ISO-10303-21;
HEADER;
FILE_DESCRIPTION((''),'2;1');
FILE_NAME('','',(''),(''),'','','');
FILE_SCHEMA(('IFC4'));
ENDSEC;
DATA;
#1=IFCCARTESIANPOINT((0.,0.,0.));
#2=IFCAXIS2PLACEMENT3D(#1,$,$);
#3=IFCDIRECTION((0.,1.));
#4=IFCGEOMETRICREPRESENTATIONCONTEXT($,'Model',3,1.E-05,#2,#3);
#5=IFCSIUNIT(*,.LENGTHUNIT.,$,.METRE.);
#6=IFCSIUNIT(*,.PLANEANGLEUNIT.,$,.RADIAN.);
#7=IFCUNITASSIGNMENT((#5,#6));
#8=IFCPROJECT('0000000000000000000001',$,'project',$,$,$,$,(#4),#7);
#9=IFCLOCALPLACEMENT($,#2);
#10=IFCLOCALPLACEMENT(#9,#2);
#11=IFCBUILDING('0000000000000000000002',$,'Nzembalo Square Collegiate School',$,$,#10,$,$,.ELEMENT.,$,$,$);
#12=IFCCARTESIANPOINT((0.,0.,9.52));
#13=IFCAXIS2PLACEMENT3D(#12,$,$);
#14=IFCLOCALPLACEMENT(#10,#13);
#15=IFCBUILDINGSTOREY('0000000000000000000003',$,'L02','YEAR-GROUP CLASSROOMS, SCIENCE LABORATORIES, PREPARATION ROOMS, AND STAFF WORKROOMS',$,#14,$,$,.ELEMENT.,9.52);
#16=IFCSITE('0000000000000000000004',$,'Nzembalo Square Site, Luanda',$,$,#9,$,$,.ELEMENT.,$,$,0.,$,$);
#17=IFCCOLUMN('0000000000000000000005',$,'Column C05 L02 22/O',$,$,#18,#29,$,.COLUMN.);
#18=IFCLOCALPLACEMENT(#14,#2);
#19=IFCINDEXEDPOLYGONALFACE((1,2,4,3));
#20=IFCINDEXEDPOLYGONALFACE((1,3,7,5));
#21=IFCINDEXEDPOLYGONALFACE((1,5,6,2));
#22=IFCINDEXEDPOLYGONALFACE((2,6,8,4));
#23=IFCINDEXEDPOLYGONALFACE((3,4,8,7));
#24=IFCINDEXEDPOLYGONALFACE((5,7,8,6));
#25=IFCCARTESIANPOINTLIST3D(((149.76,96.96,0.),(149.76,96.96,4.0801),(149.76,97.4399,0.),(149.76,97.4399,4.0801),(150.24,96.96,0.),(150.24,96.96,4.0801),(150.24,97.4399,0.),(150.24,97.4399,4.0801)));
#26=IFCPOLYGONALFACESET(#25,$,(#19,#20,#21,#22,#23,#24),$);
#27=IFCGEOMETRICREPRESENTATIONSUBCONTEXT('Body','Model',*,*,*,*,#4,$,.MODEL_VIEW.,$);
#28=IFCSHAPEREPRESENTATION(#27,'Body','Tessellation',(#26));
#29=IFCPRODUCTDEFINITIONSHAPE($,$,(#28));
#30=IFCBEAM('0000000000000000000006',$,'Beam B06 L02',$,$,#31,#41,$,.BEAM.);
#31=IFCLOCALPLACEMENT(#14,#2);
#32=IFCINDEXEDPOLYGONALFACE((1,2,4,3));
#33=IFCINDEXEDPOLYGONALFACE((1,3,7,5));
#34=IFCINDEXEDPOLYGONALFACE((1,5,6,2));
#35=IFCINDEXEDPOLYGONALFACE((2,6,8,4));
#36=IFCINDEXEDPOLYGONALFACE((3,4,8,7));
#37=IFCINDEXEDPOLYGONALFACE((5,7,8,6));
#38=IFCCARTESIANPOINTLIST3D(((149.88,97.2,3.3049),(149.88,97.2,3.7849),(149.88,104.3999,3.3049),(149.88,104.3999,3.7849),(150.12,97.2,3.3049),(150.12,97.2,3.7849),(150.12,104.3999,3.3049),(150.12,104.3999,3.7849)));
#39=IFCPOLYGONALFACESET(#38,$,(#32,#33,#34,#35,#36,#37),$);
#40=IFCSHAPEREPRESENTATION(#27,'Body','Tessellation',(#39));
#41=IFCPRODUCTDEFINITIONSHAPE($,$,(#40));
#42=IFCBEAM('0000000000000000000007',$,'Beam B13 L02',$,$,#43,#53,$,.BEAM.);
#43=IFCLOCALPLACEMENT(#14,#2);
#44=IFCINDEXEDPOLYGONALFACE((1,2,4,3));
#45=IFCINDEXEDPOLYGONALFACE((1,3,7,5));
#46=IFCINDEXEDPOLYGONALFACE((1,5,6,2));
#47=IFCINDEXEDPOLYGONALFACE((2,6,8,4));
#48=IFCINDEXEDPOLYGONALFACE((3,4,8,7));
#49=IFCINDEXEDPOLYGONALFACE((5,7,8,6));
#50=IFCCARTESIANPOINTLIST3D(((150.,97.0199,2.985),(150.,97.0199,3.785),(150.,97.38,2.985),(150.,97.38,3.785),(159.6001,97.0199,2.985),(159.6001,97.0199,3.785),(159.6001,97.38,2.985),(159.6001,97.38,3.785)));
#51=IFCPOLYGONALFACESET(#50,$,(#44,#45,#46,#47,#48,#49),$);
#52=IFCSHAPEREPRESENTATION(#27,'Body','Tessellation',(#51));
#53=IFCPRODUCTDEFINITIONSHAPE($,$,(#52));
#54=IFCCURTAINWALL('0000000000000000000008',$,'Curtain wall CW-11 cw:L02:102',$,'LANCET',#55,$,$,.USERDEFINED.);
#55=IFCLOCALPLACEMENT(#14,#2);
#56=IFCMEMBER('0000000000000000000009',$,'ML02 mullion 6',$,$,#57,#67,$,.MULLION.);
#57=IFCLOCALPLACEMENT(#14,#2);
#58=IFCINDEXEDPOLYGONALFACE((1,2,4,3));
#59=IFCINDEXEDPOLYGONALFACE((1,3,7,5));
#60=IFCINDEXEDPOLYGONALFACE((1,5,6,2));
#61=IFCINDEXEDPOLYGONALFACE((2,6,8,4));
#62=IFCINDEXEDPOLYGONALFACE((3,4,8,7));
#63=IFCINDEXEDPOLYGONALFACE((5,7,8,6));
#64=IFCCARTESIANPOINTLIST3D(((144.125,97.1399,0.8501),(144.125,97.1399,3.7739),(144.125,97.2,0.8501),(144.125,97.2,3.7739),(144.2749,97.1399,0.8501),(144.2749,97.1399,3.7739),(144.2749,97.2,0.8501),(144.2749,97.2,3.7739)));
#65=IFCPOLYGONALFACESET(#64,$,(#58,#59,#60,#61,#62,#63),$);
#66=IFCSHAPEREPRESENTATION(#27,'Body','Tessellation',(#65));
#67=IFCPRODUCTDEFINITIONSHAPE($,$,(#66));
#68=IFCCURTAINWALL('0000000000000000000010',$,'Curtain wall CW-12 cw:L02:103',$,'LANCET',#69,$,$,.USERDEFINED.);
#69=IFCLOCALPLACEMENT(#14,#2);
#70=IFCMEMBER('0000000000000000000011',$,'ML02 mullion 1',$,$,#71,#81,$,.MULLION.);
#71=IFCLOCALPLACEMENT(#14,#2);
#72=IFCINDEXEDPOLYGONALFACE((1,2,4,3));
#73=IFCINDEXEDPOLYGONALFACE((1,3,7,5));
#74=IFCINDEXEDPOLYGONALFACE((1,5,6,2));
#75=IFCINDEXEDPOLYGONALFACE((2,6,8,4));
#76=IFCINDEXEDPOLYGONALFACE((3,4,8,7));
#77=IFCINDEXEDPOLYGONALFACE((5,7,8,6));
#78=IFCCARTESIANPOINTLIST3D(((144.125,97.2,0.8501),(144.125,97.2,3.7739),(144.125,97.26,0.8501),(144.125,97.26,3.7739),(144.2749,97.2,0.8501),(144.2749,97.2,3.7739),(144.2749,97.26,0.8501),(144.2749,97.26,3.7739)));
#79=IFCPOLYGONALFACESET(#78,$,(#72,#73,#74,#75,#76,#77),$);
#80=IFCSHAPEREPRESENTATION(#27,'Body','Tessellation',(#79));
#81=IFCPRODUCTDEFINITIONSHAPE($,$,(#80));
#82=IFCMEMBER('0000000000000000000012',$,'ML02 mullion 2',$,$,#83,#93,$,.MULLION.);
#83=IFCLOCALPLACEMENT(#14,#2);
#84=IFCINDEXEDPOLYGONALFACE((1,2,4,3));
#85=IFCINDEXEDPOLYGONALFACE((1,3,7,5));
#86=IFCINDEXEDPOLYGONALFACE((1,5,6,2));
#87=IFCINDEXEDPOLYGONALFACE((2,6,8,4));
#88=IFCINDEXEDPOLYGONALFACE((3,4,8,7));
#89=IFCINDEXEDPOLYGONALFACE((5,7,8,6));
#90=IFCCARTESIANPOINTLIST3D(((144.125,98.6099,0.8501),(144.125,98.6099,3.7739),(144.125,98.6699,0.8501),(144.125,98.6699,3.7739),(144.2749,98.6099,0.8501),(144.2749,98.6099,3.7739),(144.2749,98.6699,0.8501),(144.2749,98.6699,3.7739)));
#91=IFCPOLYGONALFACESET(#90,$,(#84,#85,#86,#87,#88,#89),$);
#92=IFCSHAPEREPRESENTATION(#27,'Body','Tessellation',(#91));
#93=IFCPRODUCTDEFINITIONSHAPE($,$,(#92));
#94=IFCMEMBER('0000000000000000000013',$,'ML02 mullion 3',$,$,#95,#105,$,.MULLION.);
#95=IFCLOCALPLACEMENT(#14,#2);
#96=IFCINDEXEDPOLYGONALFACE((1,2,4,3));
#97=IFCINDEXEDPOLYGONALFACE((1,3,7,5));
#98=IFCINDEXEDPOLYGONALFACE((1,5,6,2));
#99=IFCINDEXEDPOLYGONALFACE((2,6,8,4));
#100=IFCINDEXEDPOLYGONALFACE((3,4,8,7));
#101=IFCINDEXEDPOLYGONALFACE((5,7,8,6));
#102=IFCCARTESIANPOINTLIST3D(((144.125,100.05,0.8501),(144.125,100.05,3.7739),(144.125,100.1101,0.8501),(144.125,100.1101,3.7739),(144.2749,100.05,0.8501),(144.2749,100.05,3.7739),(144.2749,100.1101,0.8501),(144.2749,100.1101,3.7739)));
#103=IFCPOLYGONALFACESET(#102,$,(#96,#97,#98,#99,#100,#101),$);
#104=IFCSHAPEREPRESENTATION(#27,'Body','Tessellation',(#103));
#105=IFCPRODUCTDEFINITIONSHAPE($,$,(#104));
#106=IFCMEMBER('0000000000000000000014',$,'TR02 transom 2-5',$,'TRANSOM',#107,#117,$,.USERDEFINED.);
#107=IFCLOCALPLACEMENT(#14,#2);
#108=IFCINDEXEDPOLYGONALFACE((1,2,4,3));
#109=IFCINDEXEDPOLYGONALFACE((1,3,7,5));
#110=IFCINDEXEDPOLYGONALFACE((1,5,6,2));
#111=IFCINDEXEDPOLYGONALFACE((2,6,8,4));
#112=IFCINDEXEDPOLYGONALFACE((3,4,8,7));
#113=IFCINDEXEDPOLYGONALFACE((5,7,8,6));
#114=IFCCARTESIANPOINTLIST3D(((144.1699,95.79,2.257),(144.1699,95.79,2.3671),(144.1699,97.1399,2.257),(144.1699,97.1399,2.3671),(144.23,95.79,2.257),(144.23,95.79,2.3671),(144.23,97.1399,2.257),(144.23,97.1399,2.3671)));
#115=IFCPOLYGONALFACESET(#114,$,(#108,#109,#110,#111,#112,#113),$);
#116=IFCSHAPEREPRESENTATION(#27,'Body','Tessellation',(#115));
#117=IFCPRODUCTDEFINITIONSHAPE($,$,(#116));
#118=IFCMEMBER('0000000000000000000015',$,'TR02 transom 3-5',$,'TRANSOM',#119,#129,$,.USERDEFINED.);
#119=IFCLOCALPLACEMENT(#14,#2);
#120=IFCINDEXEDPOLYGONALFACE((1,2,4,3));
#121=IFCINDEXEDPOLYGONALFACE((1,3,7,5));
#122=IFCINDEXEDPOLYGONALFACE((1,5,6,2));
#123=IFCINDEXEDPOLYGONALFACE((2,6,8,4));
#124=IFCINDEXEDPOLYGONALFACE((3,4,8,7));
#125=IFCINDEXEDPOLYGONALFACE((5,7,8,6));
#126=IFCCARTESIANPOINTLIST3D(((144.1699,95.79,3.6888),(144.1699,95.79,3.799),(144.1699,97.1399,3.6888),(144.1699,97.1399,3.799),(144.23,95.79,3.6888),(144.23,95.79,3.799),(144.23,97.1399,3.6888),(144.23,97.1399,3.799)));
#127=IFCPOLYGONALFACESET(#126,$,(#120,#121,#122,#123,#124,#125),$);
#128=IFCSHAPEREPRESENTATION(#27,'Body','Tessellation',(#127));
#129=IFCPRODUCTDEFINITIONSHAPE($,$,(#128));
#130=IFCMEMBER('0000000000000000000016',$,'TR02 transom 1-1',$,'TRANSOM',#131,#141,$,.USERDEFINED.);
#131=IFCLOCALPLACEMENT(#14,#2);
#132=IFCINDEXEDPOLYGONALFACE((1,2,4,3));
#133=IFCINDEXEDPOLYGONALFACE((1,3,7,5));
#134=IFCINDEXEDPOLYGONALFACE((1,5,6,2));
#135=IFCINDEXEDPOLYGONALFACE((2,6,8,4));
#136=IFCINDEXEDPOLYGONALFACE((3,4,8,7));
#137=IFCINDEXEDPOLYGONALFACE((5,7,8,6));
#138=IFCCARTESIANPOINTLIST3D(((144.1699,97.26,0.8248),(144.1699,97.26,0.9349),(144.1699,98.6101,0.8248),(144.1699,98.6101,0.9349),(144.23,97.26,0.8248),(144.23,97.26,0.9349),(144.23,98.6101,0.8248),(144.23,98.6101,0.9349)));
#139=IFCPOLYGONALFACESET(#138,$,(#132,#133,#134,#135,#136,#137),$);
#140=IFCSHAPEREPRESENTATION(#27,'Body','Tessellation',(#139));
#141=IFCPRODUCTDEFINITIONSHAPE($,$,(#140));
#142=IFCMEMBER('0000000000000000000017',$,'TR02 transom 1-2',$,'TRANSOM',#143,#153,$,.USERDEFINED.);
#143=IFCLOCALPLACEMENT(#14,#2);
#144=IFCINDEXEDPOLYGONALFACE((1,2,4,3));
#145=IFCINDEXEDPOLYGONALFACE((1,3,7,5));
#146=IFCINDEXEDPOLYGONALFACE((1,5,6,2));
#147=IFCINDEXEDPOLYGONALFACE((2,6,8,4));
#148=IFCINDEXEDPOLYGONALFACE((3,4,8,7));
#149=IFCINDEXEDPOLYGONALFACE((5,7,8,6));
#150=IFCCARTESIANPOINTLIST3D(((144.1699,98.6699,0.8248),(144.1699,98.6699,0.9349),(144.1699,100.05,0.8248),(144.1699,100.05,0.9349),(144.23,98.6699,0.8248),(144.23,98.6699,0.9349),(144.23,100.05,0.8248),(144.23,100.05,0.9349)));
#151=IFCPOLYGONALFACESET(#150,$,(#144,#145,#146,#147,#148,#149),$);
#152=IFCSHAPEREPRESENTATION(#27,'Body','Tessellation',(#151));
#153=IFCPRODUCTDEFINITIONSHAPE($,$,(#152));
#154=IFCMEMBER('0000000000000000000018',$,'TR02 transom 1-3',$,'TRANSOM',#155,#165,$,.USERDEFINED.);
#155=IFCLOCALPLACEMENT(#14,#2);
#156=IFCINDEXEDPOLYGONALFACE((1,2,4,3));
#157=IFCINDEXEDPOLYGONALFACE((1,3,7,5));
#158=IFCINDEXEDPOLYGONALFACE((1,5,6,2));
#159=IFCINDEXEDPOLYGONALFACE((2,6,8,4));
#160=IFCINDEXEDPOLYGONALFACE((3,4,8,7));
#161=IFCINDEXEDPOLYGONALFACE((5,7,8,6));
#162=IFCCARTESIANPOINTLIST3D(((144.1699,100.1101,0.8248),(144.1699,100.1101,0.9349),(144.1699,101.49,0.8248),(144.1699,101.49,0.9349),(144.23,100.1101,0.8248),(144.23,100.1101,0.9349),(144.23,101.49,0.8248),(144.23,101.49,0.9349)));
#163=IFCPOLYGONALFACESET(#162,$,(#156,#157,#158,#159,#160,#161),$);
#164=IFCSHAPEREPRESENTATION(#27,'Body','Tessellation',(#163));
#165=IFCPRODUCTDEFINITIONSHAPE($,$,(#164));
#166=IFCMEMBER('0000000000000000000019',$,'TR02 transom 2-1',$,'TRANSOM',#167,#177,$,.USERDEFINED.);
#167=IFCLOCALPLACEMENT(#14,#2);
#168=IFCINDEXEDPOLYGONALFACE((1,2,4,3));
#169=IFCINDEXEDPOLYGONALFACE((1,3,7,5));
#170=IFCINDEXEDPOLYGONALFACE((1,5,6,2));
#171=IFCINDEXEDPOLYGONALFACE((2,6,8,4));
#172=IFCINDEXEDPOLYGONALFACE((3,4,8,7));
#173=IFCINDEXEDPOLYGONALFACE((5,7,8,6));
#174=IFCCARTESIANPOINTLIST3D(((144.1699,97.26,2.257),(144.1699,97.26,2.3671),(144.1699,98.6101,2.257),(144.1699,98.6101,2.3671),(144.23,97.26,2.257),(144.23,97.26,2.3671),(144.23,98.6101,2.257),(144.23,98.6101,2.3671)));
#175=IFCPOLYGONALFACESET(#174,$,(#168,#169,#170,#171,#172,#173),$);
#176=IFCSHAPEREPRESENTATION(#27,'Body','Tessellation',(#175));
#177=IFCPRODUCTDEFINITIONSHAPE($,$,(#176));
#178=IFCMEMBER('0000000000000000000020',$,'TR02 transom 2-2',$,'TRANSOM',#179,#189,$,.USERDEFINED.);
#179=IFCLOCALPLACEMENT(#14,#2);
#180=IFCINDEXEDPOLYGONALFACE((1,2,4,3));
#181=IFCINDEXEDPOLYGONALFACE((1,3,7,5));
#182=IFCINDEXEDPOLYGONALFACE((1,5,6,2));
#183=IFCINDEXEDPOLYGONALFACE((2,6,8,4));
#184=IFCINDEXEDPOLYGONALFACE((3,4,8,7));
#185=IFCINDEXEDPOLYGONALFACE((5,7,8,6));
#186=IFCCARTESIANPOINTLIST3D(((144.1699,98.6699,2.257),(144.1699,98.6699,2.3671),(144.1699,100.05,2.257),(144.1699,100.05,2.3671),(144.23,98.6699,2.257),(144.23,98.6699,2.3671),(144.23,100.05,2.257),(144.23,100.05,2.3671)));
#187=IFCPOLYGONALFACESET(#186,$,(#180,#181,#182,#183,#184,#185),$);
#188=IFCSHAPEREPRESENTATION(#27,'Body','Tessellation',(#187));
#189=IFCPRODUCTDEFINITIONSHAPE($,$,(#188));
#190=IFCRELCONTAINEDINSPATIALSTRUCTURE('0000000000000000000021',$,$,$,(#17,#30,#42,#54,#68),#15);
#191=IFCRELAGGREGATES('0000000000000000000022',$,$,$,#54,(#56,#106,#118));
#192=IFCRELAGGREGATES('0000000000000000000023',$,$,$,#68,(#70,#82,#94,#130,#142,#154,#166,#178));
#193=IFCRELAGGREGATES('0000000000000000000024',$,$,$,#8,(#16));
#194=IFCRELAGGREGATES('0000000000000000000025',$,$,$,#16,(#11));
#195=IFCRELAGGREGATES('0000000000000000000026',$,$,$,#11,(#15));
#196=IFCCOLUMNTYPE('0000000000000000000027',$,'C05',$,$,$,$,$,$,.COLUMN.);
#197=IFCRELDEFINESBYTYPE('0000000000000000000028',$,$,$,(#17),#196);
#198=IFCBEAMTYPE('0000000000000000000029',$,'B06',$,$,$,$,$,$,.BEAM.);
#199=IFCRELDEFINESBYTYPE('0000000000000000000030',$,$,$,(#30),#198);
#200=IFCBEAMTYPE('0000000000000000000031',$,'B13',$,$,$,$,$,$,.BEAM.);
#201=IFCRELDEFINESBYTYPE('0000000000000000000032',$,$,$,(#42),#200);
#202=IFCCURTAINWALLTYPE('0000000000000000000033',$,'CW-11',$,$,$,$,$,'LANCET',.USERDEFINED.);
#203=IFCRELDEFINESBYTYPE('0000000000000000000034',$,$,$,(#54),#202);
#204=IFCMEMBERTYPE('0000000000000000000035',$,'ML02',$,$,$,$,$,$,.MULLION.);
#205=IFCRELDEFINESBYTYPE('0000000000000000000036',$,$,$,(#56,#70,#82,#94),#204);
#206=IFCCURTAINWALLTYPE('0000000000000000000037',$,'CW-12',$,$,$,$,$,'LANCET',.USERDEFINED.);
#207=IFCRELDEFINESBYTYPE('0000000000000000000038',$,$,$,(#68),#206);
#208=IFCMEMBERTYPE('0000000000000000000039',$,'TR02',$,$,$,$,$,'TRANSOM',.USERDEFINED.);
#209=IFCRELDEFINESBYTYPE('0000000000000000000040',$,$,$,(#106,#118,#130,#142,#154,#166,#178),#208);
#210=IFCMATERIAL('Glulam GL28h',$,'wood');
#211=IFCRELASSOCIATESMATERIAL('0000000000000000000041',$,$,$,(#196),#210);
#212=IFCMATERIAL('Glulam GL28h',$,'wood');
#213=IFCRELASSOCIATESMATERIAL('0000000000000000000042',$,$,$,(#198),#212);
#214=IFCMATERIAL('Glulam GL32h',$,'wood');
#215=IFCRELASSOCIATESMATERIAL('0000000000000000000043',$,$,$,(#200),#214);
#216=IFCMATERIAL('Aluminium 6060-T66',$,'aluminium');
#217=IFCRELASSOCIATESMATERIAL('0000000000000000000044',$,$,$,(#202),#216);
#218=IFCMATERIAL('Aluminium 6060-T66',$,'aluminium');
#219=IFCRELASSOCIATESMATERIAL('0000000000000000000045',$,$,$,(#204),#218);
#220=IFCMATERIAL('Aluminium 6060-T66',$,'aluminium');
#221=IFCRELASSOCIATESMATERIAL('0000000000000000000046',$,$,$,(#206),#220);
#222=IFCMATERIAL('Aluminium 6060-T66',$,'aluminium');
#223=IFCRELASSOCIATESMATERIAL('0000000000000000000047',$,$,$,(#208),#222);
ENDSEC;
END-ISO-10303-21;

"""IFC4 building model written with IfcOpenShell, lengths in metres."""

from ifc_helpers import new_model, si_unit, direction, frame, origin, origin_2d, place, context, subcontext, project, spatial, rectangle, extrude, material, material_profile, profile_set, type_object, element, aggregate, save


model = new_model("IFC4")

# Units and contexts
model_context = context("Model", 3, precision=1e-05, world=origin(), true_north=direction((0.0, 1.0)))
body_context = subcontext(model_context, "Body", "Model", "MODEL_VIEW")
ifc_project = project(units=[si_unit("LENGTHUNIT", "METRE"), si_unit("PLANEANGLEUNIT", "RADIAN")], contexts=[model_context])

# Site, building, storey
site_placement = place(None, origin())
site = spatial("IfcSite", under=ifc_project, at=site_placement, Name="Nzembalo Square Site, Luanda", CompositionType="ELEMENT", RefElevation=0.0)
building_placement = place(site_placement, origin())
building = spatial("IfcBuilding", under=site, at=building_placement, Name="Nzembalo Square Collegiate School", CompositionType="ELEMENT")
storey_placement = place(building_placement, frame((0.0, 0.0, 9.52)))
storey = spatial("IfcBuildingStorey", under=building, at=storey_placement, Name="L02", Description="YEAR-GROUP CLASSROOMS, SCIENCE LABORATORIES, PREPARATION ROOMS, AND STAFF WORKROOMS", CompositionType="ELEMENT", Elevation=9.52)

# Column
ifc_material_1 = material(Name="Glulam GL28h", Category="wood")
ifc_material_profile_1 = material_profile(ifc_material_1, rectangle(XDim=0.48, YDim=0.48, at=origin_2d()), Name="GL28h 480x480")
ifc_profile_set_1 = profile_set([ifc_material_profile_1], Name="Glulam GL28h")
column_type = type_object("IfcColumnType", Name="C05", PredefinedType="COLUMN", material=ifc_profile_set_1)
column_placement = place(storey_placement, frame((150.0, 97.2, 0.0), z_axis=(0.0, 0.0, 1.0), x_axis=(1.0, 0.0, 0.0)))
element("IfcColumn", 1, at=column_placement, inside=storey, type_object=column_type, Name="Column C05 L02 22/O", PredefinedType="COLUMN", context=body_context, shape_type="SweptSolid", body=[
    extrude(rectangle(XDim=0.48, YDim=0.48, at=origin_2d()), origin(), (0.0, 0.0, 1.0), 4.0801),
])

# Beams
ifc_material_2 = material(Name="Glulam GL28h", Category="wood")
ifc_material_profile_2 = material_profile(ifc_material_2, rectangle(XDim=0.24, YDim=0.48, at=origin_2d()), Name="GL28h 240x480")
ifc_profile_set_2 = profile_set([ifc_material_profile_2], Name="Glulam GL28h")
beam_type_1 = type_object("IfcBeamType", Name="B06", PredefinedType="BEAM", material=ifc_profile_set_2)
beam_1_placement = place(storey_placement, frame((150.0, 97.2, 3.5449), z_axis=(0.0, 1.0, 0.0), x_axis=(-1.0, 0.0, 0.0)))
element("IfcBeam", 2, at=beam_1_placement, inside=storey, type_object=beam_type_1, Name="Beam B06 L02", PredefinedType="BEAM", context=body_context, shape_type="SweptSolid", body=[
    extrude(rectangle(XDim=0.24, YDim=0.48, at=origin_2d()), origin(), (0.0, 0.0, 1.0), 7.2),
])
ifc_material_3 = material(Name="Glulam GL32h", Category="wood")
ifc_material_profile_3 = material_profile(ifc_material_3, rectangle(XDim=0.3601, YDim=0.8, at=origin_2d()), Name="GL32h 360x800")
ifc_profile_set_3 = profile_set([ifc_material_profile_3], Name="Glulam GL32h")
beam_type_2 = type_object("IfcBeamType", Name="B13", PredefinedType="BEAM", material=ifc_profile_set_3)
beam_2_placement = place(storey_placement, frame((150.0, 97.2, 3.385), z_axis=(1.0, 0.0, 0.0), x_axis=(0.0, 1.0, 0.0)))
element("IfcBeam", 3, at=beam_2_placement, inside=storey, type_object=beam_type_2, Name="Beam B13 L02", PredefinedType="BEAM", context=body_context, shape_type="SweptSolid", body=[
    extrude(rectangle(XDim=0.3601, YDim=0.8, at=origin_2d()), origin(), (0.0, 0.0, 1.0), 9.6001),
])

# Curtain wall, member
ifc_material_4 = material(Name="Aluminium 6060-T66", Category="aluminium")
curtain_wall_type_1 = type_object("IfcCurtainWallType", Name="CW-11", ElementType="LANCET", PredefinedType="USERDEFINED", material=ifc_material_4)
curtain_wall_1_placement = place(storey_placement, origin())
curtain_wall_1 = element("IfcCurtainWall", 4, at=curtain_wall_1_placement, inside=storey, type_object=curtain_wall_type_1, Name="Curtain wall CW-11 cw:L02:102", ObjectType="LANCET", PredefinedType="USERDEFINED")
ifc_material_5 = material(Name="Aluminium 6060-T66", Category="aluminium")
ifc_material_profile_4 = material_profile(ifc_material_5, rectangle(XDim=0.0601, YDim=0.1499, at=origin_2d()), Name="ALU M60x150")
ifc_profile_set_4 = profile_set([ifc_material_profile_4], Name="Aluminium 6060-T66")
member_type_1 = type_object("IfcMemberType", Name="ML02", PredefinedType="MULLION", material=ifc_profile_set_4)
member_1_placement = place(storey_placement, frame((144.2, 97.1699, 0.8501), z_axis=(0.0, 0.0, 1.0), x_axis=(0.0, 1.0, 0.0)))
member_1 = element("IfcMember", 5, at=member_1_placement, type_object=member_type_1, Name="ML02 mullion 6", PredefinedType="MULLION", context=body_context, shape_type="SweptSolid", body=[
    extrude(rectangle(XDim=0.0601, YDim=0.1499, at=origin_2d()), origin(), (0.0, 0.0, 1.0), 2.9238),
])

# Curtain wall, members
ifc_material_6 = material(Name="Aluminium 6060-T66", Category="aluminium")
curtain_wall_type_2 = type_object("IfcCurtainWallType", Name="CW-12", ElementType="LANCET", PredefinedType="USERDEFINED", material=ifc_material_6)
curtain_wall_2_placement = place(storey_placement, origin())
curtain_wall_2 = element("IfcCurtainWall", 6, at=curtain_wall_2_placement, inside=storey, type_object=curtain_wall_type_2, Name="Curtain wall CW-12 cw:L02:103", ObjectType="LANCET", PredefinedType="USERDEFINED")
member_2_placement = place(storey_placement, frame((144.2, 97.23, 0.8501), z_axis=(0.0, 0.0, 1.0), x_axis=(0.0, 1.0, 0.0)))
member_2 = element("IfcMember", 7, at=member_2_placement, type_object=member_type_1, Name="ML02 mullion 1", PredefinedType="MULLION", context=body_context, shape_type="SweptSolid", body=[
    extrude(rectangle(XDim=0.0601, YDim=0.1499, at=origin_2d()), origin(), (0.0, 0.0, 1.0), 2.9238),
])
member_3_placement = place(storey_placement, frame((144.2, 98.6399, 0.8501), z_axis=(0.0, 0.0, 1.0), x_axis=(0.0, 1.0, 0.0)))
member_3 = element("IfcMember", 8, at=member_3_placement, type_object=member_type_1, Name="ML02 mullion 2", PredefinedType="MULLION", context=body_context, shape_type="SweptSolid", body=[
    extrude(rectangle(XDim=0.0601, YDim=0.1499, at=origin_2d()), origin(), (0.0, 0.0, 1.0), 2.9238),
])
member_4_placement = place(storey_placement, frame((144.2, 100.0801, 0.8501), z_axis=(0.0, 0.0, 1.0), x_axis=(0.0, 1.0, 0.0)))
member_4 = element("IfcMember", 9, at=member_4_placement, type_object=member_type_1, Name="ML02 mullion 3", PredefinedType="MULLION", context=body_context, shape_type="SweptSolid", body=[
    extrude(rectangle(XDim=0.0601, YDim=0.1499, at=origin_2d()), origin(), (0.0, 0.0, 1.0), 2.9238),
])

# Members
ifc_material_7 = material(Name="Aluminium 6060-T66", Category="aluminium")
ifc_material_profile_5 = material_profile(ifc_material_7, rectangle(XDim=0.0601, YDim=0.1101, at=origin_2d()), Name="ALU T60x110")
ifc_profile_set_5 = profile_set([ifc_material_profile_5], Name="Aluminium 6060-T66")
member_type_2 = type_object("IfcMemberType", Name="TR02", ElementType="TRANSOM", PredefinedType="USERDEFINED", material=ifc_profile_set_5)
member_5_placement = place(storey_placement, frame((144.2, 95.79, 2.312), z_axis=(0.0, 1.0, 0.0), x_axis=(-1.0, 0.0, 0.0)))
member_5 = element("IfcMember", 10, at=member_5_placement, type_object=member_type_2, Name="TR02 transom 2-5", ObjectType="TRANSOM", PredefinedType="USERDEFINED", context=body_context, shape_type="SweptSolid", body=[
    extrude(rectangle(XDim=0.0601, YDim=0.1101, at=origin_2d()), origin(), (0.0, 0.0, 1.0), 1.3499),
])
member_6_placement = place(storey_placement, frame((144.2, 95.79, 3.7439), z_axis=(0.0, 1.0, 0.0), x_axis=(-1.0, 0.0, 0.0)))
member_6 = element("IfcMember", 11, at=member_6_placement, type_object=member_type_2, Name="TR02 transom 3-5", ObjectType="TRANSOM", PredefinedType="USERDEFINED", context=body_context, shape_type="SweptSolid", body=[
    extrude(rectangle(XDim=0.0601, YDim=0.1101, at=origin_2d()), origin(), (0.0, 0.0, 1.0), 1.3499),
])
member_7_placement = place(storey_placement, frame((144.2, 97.26, 0.8799), z_axis=(0.0, 1.0, 0.0), x_axis=(-1.0, 0.0, 0.0)))
member_7 = element("IfcMember", 12, at=member_7_placement, type_object=member_type_2, Name="TR02 transom 1-1", ObjectType="TRANSOM", PredefinedType="USERDEFINED", context=body_context, shape_type="SweptSolid", body=[
    extrude(rectangle(XDim=0.0601, YDim=0.1101, at=origin_2d()), origin(), (0.0, 0.0, 1.0), 1.3501),
])
member_8_placement = place(storey_placement, frame((144.2, 98.6699, 0.8799), z_axis=(0.0, 1.0, 0.0), x_axis=(-1.0, 0.0, 0.0)))
member_8 = element("IfcMember", 13, at=member_8_placement, type_object=member_type_2, Name="TR02 transom 1-2", ObjectType="TRANSOM", PredefinedType="USERDEFINED", context=body_context, shape_type="SweptSolid", body=[
    extrude(rectangle(XDim=0.0601, YDim=0.1101, at=origin_2d()), origin(), (0.0, 0.0, 1.0), 1.3801),
])
member_9_placement = place(storey_placement, frame((144.2, 100.1101, 0.8799), z_axis=(0.0, 1.0, 0.0), x_axis=(-1.0, 0.0, 0.0)))
member_9 = element("IfcMember", 14, at=member_9_placement, type_object=member_type_2, Name="TR02 transom 1-3", ObjectType="TRANSOM", PredefinedType="USERDEFINED", context=body_context, shape_type="SweptSolid", body=[
    extrude(rectangle(XDim=0.0601, YDim=0.1101, at=origin_2d()), origin(), (0.0, 0.0, 1.0), 1.3799),
])
member_10_placement = place(storey_placement, frame((144.2, 97.26, 2.312), z_axis=(0.0, 1.0, 0.0), x_axis=(-1.0, 0.0, 0.0)))
member_10 = element("IfcMember", 15, at=member_10_placement, type_object=member_type_2, Name="TR02 transom 2-1", ObjectType="TRANSOM", PredefinedType="USERDEFINED", context=body_context, shape_type="SweptSolid", body=[
    extrude(rectangle(XDim=0.0601, YDim=0.1101, at=origin_2d()), origin(), (0.0, 0.0, 1.0), 1.3501),
])
member_11_placement = place(storey_placement, frame((144.2, 98.6699, 2.312), z_axis=(0.0, 1.0, 0.0), x_axis=(-1.0, 0.0, 0.0)))
member_11 = element("IfcMember", 16, at=member_11_placement, type_object=member_type_2, Name="TR02 transom 2-2", ObjectType="TRANSOM", PredefinedType="USERDEFINED", context=body_context, shape_type="SweptSolid", body=[
    extrude(rectangle(XDim=0.0601, YDim=0.1101, at=origin_2d()), origin(), (0.0, 0.0, 1.0), 1.3801),
])

aggregate(curtain_wall_1, [member_1, member_5, member_6])
aggregate(curtain_wall_2, [member_2, member_3, member_4, member_7, member_8, member_9, member_10, member_11])

save(model, "model.ifc")
